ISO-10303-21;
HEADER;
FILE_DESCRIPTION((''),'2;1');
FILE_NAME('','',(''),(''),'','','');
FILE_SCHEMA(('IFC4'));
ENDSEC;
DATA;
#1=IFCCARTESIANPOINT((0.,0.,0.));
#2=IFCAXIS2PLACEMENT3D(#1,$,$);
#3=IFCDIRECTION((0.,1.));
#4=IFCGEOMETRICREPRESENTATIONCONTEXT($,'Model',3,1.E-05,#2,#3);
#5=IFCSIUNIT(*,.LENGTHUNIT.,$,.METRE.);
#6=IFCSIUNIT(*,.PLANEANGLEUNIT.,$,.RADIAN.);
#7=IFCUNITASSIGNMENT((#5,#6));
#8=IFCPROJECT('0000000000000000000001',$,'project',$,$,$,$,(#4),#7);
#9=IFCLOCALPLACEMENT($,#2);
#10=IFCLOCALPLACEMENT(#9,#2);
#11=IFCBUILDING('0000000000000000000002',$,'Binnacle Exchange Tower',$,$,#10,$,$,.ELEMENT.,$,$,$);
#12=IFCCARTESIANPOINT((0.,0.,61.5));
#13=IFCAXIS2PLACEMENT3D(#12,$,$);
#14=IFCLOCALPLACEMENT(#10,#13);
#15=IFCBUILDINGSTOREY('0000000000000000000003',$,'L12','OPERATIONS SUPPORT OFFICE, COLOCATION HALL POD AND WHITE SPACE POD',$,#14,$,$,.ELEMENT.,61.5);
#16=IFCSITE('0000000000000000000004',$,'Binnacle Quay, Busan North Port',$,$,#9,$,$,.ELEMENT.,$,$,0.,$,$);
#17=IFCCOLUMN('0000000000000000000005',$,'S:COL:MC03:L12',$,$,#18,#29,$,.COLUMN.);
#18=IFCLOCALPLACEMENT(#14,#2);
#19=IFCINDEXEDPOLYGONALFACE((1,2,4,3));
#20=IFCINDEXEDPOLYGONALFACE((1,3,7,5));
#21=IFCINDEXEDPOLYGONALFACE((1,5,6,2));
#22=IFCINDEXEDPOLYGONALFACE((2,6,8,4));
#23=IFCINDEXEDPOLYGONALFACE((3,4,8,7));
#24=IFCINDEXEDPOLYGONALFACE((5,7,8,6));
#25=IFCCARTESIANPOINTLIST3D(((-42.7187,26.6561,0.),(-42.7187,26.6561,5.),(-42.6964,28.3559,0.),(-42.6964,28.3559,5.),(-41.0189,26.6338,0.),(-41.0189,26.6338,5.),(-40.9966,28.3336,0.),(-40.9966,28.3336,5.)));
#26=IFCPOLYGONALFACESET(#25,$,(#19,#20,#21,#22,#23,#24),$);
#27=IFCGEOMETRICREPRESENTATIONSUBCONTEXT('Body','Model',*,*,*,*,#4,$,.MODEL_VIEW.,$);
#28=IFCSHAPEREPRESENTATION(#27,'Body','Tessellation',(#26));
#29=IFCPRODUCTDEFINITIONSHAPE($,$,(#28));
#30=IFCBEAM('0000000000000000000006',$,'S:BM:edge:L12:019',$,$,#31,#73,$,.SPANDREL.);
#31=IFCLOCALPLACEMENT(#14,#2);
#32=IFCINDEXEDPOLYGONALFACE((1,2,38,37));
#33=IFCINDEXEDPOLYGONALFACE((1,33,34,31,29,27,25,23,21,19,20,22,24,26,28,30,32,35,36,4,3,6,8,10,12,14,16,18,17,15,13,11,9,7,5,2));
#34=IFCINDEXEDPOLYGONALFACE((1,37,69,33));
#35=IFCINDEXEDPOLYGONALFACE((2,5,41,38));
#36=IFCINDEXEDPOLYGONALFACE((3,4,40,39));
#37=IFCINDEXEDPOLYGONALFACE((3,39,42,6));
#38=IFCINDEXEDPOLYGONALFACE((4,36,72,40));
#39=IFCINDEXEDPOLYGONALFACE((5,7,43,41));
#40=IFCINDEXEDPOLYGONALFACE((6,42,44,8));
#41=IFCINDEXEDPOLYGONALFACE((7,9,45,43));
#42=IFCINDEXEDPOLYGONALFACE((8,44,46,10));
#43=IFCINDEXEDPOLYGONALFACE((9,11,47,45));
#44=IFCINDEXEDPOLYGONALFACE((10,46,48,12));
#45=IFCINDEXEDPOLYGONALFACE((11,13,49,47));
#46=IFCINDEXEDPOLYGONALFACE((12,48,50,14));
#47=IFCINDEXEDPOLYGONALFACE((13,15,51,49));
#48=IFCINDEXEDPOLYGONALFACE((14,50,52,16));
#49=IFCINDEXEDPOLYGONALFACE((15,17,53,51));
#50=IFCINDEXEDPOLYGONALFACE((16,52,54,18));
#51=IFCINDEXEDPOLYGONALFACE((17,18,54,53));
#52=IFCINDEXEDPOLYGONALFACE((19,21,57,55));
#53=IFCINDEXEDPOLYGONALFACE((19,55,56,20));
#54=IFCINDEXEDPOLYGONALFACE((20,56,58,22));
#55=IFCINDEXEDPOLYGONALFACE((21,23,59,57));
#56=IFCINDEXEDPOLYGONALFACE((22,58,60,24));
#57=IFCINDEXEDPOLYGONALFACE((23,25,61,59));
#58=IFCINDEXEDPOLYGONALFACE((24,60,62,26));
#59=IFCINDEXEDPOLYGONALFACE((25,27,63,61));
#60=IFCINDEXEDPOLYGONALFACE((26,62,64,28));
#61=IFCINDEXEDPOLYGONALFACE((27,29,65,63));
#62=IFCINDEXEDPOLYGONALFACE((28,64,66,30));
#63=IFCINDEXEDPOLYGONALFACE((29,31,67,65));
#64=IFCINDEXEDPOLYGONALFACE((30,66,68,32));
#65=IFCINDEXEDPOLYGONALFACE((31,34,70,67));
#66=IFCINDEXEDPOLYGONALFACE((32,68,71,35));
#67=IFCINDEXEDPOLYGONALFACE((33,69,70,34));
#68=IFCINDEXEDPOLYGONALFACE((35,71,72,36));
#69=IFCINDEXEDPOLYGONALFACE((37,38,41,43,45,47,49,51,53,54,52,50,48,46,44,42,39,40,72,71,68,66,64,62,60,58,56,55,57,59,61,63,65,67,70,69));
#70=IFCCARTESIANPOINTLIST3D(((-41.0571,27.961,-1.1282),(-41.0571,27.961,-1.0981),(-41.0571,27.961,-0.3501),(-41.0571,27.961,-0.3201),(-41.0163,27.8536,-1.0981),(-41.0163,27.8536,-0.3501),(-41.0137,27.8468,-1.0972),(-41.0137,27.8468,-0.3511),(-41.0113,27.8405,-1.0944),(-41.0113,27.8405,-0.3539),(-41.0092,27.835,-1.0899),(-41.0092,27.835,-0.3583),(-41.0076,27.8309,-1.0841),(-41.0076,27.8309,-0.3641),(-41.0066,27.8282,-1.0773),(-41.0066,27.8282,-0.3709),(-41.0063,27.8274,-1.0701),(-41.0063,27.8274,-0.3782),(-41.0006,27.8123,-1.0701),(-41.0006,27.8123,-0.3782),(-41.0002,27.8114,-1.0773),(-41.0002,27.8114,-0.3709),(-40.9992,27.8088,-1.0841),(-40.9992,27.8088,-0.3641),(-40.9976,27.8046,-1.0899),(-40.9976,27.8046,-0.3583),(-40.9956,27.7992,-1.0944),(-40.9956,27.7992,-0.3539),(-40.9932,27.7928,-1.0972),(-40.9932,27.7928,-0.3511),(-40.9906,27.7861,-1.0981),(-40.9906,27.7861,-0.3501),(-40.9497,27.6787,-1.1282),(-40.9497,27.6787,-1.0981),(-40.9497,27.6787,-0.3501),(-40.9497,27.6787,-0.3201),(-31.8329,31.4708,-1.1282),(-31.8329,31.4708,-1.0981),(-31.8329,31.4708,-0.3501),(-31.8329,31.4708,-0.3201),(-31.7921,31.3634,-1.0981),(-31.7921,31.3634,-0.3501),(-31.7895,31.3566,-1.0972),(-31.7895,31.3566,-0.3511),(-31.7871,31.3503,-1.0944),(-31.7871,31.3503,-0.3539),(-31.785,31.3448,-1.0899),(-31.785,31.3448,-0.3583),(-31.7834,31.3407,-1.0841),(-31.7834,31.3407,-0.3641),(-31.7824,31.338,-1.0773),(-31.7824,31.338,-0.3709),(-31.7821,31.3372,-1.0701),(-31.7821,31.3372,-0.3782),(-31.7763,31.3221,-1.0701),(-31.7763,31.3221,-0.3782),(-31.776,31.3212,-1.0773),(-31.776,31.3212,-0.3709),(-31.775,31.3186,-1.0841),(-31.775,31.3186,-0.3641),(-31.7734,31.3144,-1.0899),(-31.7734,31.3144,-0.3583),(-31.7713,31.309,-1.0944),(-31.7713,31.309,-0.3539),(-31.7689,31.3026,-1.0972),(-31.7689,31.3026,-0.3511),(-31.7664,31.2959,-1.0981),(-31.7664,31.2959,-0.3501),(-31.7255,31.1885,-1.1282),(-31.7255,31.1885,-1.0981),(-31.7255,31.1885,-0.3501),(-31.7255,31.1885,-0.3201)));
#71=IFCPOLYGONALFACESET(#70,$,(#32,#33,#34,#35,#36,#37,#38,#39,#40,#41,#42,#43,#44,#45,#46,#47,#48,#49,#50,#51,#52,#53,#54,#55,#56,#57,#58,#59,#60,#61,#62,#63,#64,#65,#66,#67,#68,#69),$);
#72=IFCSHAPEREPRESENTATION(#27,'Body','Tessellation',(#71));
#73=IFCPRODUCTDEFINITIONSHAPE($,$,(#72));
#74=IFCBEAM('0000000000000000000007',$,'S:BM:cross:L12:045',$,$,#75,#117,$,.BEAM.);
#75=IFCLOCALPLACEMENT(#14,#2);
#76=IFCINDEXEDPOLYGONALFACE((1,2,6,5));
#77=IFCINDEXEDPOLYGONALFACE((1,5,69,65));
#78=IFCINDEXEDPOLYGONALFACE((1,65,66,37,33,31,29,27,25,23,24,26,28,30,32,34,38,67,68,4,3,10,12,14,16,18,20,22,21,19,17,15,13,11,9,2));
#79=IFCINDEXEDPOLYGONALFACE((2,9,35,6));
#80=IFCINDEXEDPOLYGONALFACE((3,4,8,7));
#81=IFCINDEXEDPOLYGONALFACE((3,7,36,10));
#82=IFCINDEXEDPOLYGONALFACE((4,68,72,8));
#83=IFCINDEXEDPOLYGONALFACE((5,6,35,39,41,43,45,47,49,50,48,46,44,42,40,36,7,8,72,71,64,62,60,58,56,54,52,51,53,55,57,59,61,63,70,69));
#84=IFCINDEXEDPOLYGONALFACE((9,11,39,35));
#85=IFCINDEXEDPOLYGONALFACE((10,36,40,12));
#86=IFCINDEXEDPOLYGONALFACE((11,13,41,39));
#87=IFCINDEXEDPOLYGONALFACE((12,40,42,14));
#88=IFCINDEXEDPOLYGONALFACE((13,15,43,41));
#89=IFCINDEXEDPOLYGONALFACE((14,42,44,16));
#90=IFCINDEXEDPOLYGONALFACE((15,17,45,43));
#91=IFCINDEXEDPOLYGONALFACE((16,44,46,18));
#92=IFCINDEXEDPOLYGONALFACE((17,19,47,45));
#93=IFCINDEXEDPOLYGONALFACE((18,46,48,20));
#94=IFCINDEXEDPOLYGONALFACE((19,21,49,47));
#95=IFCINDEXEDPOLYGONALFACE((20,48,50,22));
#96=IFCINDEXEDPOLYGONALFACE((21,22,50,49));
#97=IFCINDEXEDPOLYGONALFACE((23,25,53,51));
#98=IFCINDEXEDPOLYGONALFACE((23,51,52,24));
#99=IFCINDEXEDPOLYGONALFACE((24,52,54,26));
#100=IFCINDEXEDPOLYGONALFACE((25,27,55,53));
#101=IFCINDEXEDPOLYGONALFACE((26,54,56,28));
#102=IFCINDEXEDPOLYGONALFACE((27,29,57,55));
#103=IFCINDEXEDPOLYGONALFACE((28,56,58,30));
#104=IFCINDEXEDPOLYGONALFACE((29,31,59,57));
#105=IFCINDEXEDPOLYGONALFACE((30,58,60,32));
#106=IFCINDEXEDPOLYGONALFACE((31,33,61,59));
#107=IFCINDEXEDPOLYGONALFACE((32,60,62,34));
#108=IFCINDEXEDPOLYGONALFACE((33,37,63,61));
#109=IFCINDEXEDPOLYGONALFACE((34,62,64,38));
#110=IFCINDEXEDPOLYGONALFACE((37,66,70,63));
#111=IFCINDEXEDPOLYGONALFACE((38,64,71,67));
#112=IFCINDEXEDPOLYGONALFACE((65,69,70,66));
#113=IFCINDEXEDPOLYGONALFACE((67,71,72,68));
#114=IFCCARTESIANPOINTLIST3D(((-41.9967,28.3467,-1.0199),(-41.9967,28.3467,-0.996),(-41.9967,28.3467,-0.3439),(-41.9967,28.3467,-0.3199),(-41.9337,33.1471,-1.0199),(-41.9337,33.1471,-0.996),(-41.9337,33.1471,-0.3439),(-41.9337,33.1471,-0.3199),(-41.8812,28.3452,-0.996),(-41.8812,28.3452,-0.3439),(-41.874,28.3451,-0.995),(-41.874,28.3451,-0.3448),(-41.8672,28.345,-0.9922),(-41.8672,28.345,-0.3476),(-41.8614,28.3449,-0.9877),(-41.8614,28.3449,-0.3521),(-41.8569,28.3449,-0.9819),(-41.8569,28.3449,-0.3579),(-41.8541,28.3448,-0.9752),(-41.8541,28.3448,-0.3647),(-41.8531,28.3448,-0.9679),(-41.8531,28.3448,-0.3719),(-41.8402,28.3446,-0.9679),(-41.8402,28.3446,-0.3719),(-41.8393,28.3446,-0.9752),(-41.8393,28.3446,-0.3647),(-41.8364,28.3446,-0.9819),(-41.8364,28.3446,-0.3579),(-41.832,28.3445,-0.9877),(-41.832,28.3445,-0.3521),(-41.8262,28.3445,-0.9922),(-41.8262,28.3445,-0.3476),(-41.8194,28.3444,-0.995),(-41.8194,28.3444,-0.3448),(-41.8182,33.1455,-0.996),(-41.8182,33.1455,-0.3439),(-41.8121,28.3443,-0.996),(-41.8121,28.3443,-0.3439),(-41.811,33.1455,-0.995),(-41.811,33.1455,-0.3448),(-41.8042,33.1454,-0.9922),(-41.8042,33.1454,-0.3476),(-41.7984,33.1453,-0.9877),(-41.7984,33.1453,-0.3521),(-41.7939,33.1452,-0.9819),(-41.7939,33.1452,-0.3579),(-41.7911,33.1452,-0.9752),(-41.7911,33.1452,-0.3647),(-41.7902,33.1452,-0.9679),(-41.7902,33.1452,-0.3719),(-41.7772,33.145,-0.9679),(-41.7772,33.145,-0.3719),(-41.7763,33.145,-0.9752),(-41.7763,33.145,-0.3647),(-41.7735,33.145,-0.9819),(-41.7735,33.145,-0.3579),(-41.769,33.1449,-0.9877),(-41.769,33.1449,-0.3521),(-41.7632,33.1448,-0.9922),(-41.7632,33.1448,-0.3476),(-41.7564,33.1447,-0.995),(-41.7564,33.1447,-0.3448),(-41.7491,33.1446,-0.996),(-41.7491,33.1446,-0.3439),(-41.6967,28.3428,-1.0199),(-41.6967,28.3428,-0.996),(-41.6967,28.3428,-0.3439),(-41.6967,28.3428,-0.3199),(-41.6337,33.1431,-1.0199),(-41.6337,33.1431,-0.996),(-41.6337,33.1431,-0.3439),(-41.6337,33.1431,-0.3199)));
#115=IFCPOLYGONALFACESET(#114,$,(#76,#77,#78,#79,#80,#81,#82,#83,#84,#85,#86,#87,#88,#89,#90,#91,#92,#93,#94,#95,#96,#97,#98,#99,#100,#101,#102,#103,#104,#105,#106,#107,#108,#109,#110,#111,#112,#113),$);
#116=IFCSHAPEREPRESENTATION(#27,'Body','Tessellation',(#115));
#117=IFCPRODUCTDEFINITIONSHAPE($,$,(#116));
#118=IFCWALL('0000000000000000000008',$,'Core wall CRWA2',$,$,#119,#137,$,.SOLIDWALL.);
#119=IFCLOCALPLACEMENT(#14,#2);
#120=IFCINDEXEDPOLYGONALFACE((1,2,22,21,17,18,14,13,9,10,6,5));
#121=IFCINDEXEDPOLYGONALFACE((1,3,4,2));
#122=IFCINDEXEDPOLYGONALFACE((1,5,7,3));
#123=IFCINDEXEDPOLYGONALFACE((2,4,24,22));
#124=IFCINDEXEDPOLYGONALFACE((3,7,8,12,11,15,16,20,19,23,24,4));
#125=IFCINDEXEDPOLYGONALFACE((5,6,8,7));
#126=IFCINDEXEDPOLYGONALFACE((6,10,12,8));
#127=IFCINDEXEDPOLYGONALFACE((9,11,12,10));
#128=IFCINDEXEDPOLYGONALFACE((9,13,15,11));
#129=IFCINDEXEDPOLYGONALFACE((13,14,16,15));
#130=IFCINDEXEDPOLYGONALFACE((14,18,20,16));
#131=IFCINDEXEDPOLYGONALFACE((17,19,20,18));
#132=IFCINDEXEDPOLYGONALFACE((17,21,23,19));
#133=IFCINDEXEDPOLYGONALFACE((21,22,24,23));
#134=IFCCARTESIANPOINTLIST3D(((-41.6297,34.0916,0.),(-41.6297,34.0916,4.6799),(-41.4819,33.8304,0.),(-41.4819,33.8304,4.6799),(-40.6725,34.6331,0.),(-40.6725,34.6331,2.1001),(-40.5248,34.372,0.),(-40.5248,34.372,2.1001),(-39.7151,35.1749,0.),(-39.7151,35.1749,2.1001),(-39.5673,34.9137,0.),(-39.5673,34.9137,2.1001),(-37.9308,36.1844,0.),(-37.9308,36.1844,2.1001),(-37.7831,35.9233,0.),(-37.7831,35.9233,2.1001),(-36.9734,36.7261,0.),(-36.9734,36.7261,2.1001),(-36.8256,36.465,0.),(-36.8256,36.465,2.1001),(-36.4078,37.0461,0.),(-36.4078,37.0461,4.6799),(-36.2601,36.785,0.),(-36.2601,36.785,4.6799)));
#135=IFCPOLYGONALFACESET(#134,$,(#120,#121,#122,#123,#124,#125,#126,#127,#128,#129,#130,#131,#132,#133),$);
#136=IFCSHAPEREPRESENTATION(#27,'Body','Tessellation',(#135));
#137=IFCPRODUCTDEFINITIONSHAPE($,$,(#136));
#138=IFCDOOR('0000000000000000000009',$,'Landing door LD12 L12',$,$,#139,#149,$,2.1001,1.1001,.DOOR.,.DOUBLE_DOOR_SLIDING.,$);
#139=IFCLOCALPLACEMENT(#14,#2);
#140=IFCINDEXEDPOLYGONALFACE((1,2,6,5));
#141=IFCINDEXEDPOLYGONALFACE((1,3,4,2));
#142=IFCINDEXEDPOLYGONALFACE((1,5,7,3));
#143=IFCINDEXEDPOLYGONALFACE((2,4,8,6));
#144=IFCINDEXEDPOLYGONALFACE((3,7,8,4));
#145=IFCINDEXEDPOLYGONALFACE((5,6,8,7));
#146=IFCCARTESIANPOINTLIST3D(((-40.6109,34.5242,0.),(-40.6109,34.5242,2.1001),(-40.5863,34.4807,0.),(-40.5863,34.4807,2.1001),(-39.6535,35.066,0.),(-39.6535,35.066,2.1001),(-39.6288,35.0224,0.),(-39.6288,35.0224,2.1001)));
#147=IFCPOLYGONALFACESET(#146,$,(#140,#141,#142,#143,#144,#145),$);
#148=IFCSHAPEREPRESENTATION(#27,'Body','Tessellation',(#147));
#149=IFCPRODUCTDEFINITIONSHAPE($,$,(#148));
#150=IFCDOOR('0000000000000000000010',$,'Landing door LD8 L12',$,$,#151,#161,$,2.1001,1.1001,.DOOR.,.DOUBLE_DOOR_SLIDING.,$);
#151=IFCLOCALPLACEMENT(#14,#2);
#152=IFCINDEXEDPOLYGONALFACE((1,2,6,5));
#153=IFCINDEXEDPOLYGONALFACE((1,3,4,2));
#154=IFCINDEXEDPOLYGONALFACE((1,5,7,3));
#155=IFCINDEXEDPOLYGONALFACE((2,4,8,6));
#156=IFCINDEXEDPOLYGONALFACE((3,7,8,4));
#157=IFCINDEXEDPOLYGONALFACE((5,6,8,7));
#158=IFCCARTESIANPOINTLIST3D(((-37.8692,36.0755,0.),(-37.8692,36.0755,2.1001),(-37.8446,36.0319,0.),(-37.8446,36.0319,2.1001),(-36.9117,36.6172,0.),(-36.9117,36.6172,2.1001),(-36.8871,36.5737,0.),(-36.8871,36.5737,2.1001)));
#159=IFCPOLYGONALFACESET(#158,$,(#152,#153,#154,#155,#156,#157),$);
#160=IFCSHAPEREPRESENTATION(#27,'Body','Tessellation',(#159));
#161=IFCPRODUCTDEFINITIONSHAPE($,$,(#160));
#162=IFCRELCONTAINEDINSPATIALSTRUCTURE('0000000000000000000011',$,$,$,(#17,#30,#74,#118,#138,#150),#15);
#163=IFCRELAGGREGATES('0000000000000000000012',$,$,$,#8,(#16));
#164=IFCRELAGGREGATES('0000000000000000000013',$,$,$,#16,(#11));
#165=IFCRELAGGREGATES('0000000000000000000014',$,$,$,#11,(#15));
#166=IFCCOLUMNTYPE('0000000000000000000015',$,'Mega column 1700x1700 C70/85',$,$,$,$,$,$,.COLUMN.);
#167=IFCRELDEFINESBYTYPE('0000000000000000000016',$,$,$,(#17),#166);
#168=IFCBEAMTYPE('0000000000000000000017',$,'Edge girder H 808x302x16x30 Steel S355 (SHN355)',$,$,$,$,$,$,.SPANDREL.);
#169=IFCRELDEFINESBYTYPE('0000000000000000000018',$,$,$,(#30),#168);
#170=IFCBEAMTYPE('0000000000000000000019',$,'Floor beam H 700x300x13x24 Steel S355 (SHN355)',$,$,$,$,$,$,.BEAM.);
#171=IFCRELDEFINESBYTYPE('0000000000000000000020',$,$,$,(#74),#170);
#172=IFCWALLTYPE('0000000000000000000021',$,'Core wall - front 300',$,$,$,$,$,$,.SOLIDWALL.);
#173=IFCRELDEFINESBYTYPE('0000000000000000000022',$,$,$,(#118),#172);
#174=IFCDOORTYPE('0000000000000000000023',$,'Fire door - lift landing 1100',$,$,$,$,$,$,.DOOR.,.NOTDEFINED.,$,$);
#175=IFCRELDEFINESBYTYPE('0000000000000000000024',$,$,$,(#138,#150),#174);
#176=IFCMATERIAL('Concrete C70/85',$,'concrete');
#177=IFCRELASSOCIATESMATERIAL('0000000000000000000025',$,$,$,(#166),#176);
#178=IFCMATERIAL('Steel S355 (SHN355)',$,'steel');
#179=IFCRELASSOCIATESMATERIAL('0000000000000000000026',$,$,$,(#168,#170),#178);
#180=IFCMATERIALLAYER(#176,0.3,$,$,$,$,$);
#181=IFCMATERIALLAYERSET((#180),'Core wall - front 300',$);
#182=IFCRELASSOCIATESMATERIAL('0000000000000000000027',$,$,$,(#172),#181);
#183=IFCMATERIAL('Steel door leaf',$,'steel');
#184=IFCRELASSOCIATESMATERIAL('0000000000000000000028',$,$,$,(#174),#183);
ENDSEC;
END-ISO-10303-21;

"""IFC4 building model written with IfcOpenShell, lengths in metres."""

from ifc_helpers import new_model, si_unit, direction, frame, frame_2d, origin, origin_2d, place, context, subcontext, project, spatial, rectangle, i_section, extrude, material, layer, layer_set, material_profile, profile_set, type_object, element, fill, save


model = new_model("IFC4")

# Units and contexts
model_context = context("Model", 3, precision=1e-05, world=origin(), true_north=direction((0.0, 1.0)))
body_context = subcontext(model_context, "Body", "Model", "MODEL_VIEW")
ifc_project = project(units=[si_unit("LENGTHUNIT", "METRE"), si_unit("PLANEANGLEUNIT", "RADIAN")], contexts=[model_context])

# Site, building, storey
site_placement = place(None, origin())
site = spatial("IfcSite", under=ifc_project, at=site_placement, Name="Binnacle Quay, Busan North Port", CompositionType="ELEMENT", RefElevation=0.0)
building_placement = place(site_placement, origin())
building = spatial("IfcBuilding", under=site, at=building_placement, Name="Binnacle Exchange Tower", CompositionType="ELEMENT")
storey_placement = place(building_placement, frame((0.0, 0.0, 61.5)))
storey = spatial("IfcBuildingStorey", under=building, at=storey_placement, Name="L12", Description="OPERATIONS SUPPORT OFFICE, COLOCATION HALL POD AND WHITE SPACE POD", CompositionType="ELEMENT", Elevation=61.5)

# Column
ifc_material_1 = material(Name="Concrete C70/85", Category="concrete")
ifc_material_profile_1 = material_profile(ifc_material_1, rectangle(XDim=1.7, YDim=1.7, at=origin_2d()), Name="Mega column 1700x1700 C70/85")
ifc_profile_set_1 = profile_set([ifc_material_profile_1], Name="Concrete C70/85")
column_type = type_object("IfcColumnType", Name="Mega column 1700x1700 C70/85", PredefinedType="COLUMN", material=ifc_profile_set_1)
column_placement = place(storey_placement, frame((-41.8577, 27.4949, 0.0), z_axis=(0.0, 0.0, 1.0), x_axis=(0.999914, -0.01309, 0.0)))
element("IfcColumn", 1, at=column_placement, inside=storey, type_object=column_type, Name="S:COL:MC03:L12", PredefinedType="COLUMN", context=body_context, shape_type="SweptSolid", body=[
    extrude(rectangle(XDim=1.7, YDim=1.7, at=origin_2d()), origin(), (0.0, 0.0, 1.0), 5.0),
])

# Beams
ifc_material_2 = material(Name="Steel S355 (SHN355)", Category="steel")
ifc_material_profile_2 = material_profile(ifc_material_2, i_section(OverallWidth=0.302, OverallDepth=0.8081, WebThickness=0.0161, FlangeThickness=0.03, FilletRadius=0.0281, at=origin_2d()), Name="H 808x302x16x30")
ifc_profile_set_2 = profile_set([ifc_material_profile_2], Name="Steel S355 (SHN355)")
beam_type_1 = type_object("IfcBeamType", Name="Edge girder H 808x302x16x30 Steel S355 (SHN355)", PredefinedType="SPANDREL", material=ifc_profile_set_2)
beam_1_placement = place(storey_placement, frame((-41.0034, 27.8198, -0.7241), z_axis=(0.934629, 0.355625, 0.0), x_axis=(-0.355625, 0.934629, 0.0)))
element("IfcBeam", 2, at=beam_1_placement, inside=storey, type_object=beam_type_1, Name="S:BM:edge:L12:019", PredefinedType="SPANDREL", context=body_context, shape_type="SweptSolid", body=[
    extrude(i_section(OverallWidth=0.302, OverallDepth=0.8081, WebThickness=0.0161, FlangeThickness=0.03, FilletRadius=0.0281, at=origin_2d()), origin(), (0.0, 0.0, 1.0), 9.8694),
])
ifc_material_profile_3 = material_profile(ifc_material_2, i_section(OverallWidth=0.3, OverallDepth=0.7, WebThickness=0.0129, FlangeThickness=0.0239, FilletRadius=0.0281, at=origin_2d()), Name="H 700x300x13x24")
ifc_profile_set_3 = profile_set([ifc_material_profile_3], Name="Steel S355 (SHN355)")
beam_type_2 = type_object("IfcBeamType", Name="Floor beam H 700x300x13x24 Steel S355 (SHN355)", PredefinedType="BEAM", material=ifc_profile_set_3)
beam_2_placement = place(storey_placement, frame((-41.8467, 28.3447, -0.6699), z_axis=(0.013121, 0.999914, 0.0), x_axis=(-0.999914, 0.013121, 0.0)))
element("IfcBeam", 3, at=beam_2_placement, inside=storey, type_object=beam_type_2, Name="S:BM:cross:L12:045", PredefinedType="BEAM", context=body_context, shape_type="SweptSolid", body=[
    extrude(i_section(OverallWidth=0.3, OverallDepth=0.7, WebThickness=0.0129, FlangeThickness=0.0239, FilletRadius=0.0281, at=origin_2d()), origin(), (0.0, 0.0, 1.0), 4.8008),
])

# Wall, openings, doors
ifc_layer_1 = layer(ifc_material_1, 0.3)
ifc_layer_set_1 = layer_set([ifc_layer_1], Name="Core wall - front 300")
wall_type_1 = type_object("IfcWallType", Name="Core wall - front 300", PredefinedType="SOLIDWALL", material=ifc_layer_set_1)
wall_1_placement = place(storey_placement, frame((-41.5559, 33.9609, 0.0), z_axis=(0.0, 0.0, 1.0), x_axis=(0.870344, 0.492445, 0.0)))
wall_1 = element("IfcWall", 4, at=wall_1_placement, inside=storey, type_object=wall_type_1, Name="Core wall CRWA2", PredefinedType="SOLIDWALL", context=body_context, shape_type="SweptSolid", body=[
    extrude(rectangle(XDim=5.9998, YDim=0.3, at=frame_2d((3.0, 0.0))), origin(), (0.0, 0.0, 1.0), 4.6799),
])
opening_1_placement = place(wall_1_placement, frame((1.0999, 0.0, 0.0)))
opening_1 = element("IfcOpeningElement", 5, at=opening_1_placement, cuts=wall_1, PredefinedType="OPENING", context=body_context, shape_type="SweptSolid", body=[
    extrude(rectangle(XDim=1.1001, YDim=2.1001, at=frame_2d((0.55, 1.05))), frame((0.0, 0.1599, 0.0), z_axis=(0.0, -1.0, 0.0), x_axis=(1.0, 0.0, 0.0)), (0.0, 0.0, 1.0), 0.3201),
])
opening_2_placement = place(wall_1_placement, frame((4.25, 0.0, 0.0)))
opening_2 = element("IfcOpeningElement", 6, at=opening_2_placement, cuts=wall_1, PredefinedType="OPENING", context=body_context, shape_type="SweptSolid", body=[
    extrude(rectangle(XDim=1.1001, YDim=2.1001, at=frame_2d((0.55, 1.05))), frame((0.0, 0.1599, 0.0), z_axis=(0.0, -1.0, 0.0), x_axis=(1.0, 0.0, 0.0)), (0.0, 0.0, 1.0), 0.3201),
])
ifc_material_3 = material(Name="Steel door leaf", Category="steel")
door_type_1 = type_object("IfcDoorType", Name="Fire door - lift landing 1100", OperationType="NOTDEFINED", PredefinedType="DOOR", material=ifc_material_3)
door_1_placement = place(opening_1_placement, origin())
door_1 = element("IfcDoor", 7, at=door_1_placement, inside=storey, type_object=door_type_1, Name="Landing door LD12 L12", OperationType="DOUBLE_DOOR_SLIDING", OverallHeight=2.1001, OverallWidth=1.1001, PredefinedType="DOOR", context=body_context, shape_type="SweptSolid", body=[
    extrude(rectangle(XDim=1.1001, YDim=2.1001, at=frame_2d((0.55, 1.05))), frame((0.0, 0.0249, 0.0), z_axis=(0.0, -1.0, 0.0), x_axis=(1.0, 0.0, 0.0)), (0.0, 0.0, 1.0), 0.05),
])
fill(opening_1, door_1)
door_2_placement = place(opening_2_placement, origin())
door_2 = element("IfcDoor", 8, at=door_2_placement, inside=storey, type_object=door_type_1, Name="Landing door LD8 L12", OperationType="DOUBLE_DOOR_SLIDING", OverallHeight=2.1001, OverallWidth=1.1001, PredefinedType="DOOR", context=body_context, shape_type="SweptSolid", body=[
    extrude(rectangle(XDim=1.1001, YDim=2.1001, at=frame_2d((0.55, 1.05))), frame((0.0, 0.0249, 0.0), z_axis=(0.0, -1.0, 0.0), x_axis=(1.0, 0.0, 0.0)), (0.0, 0.0, 1.0), 0.05),
])
fill(opening_2, door_2)

save(model, "model.ifc")
